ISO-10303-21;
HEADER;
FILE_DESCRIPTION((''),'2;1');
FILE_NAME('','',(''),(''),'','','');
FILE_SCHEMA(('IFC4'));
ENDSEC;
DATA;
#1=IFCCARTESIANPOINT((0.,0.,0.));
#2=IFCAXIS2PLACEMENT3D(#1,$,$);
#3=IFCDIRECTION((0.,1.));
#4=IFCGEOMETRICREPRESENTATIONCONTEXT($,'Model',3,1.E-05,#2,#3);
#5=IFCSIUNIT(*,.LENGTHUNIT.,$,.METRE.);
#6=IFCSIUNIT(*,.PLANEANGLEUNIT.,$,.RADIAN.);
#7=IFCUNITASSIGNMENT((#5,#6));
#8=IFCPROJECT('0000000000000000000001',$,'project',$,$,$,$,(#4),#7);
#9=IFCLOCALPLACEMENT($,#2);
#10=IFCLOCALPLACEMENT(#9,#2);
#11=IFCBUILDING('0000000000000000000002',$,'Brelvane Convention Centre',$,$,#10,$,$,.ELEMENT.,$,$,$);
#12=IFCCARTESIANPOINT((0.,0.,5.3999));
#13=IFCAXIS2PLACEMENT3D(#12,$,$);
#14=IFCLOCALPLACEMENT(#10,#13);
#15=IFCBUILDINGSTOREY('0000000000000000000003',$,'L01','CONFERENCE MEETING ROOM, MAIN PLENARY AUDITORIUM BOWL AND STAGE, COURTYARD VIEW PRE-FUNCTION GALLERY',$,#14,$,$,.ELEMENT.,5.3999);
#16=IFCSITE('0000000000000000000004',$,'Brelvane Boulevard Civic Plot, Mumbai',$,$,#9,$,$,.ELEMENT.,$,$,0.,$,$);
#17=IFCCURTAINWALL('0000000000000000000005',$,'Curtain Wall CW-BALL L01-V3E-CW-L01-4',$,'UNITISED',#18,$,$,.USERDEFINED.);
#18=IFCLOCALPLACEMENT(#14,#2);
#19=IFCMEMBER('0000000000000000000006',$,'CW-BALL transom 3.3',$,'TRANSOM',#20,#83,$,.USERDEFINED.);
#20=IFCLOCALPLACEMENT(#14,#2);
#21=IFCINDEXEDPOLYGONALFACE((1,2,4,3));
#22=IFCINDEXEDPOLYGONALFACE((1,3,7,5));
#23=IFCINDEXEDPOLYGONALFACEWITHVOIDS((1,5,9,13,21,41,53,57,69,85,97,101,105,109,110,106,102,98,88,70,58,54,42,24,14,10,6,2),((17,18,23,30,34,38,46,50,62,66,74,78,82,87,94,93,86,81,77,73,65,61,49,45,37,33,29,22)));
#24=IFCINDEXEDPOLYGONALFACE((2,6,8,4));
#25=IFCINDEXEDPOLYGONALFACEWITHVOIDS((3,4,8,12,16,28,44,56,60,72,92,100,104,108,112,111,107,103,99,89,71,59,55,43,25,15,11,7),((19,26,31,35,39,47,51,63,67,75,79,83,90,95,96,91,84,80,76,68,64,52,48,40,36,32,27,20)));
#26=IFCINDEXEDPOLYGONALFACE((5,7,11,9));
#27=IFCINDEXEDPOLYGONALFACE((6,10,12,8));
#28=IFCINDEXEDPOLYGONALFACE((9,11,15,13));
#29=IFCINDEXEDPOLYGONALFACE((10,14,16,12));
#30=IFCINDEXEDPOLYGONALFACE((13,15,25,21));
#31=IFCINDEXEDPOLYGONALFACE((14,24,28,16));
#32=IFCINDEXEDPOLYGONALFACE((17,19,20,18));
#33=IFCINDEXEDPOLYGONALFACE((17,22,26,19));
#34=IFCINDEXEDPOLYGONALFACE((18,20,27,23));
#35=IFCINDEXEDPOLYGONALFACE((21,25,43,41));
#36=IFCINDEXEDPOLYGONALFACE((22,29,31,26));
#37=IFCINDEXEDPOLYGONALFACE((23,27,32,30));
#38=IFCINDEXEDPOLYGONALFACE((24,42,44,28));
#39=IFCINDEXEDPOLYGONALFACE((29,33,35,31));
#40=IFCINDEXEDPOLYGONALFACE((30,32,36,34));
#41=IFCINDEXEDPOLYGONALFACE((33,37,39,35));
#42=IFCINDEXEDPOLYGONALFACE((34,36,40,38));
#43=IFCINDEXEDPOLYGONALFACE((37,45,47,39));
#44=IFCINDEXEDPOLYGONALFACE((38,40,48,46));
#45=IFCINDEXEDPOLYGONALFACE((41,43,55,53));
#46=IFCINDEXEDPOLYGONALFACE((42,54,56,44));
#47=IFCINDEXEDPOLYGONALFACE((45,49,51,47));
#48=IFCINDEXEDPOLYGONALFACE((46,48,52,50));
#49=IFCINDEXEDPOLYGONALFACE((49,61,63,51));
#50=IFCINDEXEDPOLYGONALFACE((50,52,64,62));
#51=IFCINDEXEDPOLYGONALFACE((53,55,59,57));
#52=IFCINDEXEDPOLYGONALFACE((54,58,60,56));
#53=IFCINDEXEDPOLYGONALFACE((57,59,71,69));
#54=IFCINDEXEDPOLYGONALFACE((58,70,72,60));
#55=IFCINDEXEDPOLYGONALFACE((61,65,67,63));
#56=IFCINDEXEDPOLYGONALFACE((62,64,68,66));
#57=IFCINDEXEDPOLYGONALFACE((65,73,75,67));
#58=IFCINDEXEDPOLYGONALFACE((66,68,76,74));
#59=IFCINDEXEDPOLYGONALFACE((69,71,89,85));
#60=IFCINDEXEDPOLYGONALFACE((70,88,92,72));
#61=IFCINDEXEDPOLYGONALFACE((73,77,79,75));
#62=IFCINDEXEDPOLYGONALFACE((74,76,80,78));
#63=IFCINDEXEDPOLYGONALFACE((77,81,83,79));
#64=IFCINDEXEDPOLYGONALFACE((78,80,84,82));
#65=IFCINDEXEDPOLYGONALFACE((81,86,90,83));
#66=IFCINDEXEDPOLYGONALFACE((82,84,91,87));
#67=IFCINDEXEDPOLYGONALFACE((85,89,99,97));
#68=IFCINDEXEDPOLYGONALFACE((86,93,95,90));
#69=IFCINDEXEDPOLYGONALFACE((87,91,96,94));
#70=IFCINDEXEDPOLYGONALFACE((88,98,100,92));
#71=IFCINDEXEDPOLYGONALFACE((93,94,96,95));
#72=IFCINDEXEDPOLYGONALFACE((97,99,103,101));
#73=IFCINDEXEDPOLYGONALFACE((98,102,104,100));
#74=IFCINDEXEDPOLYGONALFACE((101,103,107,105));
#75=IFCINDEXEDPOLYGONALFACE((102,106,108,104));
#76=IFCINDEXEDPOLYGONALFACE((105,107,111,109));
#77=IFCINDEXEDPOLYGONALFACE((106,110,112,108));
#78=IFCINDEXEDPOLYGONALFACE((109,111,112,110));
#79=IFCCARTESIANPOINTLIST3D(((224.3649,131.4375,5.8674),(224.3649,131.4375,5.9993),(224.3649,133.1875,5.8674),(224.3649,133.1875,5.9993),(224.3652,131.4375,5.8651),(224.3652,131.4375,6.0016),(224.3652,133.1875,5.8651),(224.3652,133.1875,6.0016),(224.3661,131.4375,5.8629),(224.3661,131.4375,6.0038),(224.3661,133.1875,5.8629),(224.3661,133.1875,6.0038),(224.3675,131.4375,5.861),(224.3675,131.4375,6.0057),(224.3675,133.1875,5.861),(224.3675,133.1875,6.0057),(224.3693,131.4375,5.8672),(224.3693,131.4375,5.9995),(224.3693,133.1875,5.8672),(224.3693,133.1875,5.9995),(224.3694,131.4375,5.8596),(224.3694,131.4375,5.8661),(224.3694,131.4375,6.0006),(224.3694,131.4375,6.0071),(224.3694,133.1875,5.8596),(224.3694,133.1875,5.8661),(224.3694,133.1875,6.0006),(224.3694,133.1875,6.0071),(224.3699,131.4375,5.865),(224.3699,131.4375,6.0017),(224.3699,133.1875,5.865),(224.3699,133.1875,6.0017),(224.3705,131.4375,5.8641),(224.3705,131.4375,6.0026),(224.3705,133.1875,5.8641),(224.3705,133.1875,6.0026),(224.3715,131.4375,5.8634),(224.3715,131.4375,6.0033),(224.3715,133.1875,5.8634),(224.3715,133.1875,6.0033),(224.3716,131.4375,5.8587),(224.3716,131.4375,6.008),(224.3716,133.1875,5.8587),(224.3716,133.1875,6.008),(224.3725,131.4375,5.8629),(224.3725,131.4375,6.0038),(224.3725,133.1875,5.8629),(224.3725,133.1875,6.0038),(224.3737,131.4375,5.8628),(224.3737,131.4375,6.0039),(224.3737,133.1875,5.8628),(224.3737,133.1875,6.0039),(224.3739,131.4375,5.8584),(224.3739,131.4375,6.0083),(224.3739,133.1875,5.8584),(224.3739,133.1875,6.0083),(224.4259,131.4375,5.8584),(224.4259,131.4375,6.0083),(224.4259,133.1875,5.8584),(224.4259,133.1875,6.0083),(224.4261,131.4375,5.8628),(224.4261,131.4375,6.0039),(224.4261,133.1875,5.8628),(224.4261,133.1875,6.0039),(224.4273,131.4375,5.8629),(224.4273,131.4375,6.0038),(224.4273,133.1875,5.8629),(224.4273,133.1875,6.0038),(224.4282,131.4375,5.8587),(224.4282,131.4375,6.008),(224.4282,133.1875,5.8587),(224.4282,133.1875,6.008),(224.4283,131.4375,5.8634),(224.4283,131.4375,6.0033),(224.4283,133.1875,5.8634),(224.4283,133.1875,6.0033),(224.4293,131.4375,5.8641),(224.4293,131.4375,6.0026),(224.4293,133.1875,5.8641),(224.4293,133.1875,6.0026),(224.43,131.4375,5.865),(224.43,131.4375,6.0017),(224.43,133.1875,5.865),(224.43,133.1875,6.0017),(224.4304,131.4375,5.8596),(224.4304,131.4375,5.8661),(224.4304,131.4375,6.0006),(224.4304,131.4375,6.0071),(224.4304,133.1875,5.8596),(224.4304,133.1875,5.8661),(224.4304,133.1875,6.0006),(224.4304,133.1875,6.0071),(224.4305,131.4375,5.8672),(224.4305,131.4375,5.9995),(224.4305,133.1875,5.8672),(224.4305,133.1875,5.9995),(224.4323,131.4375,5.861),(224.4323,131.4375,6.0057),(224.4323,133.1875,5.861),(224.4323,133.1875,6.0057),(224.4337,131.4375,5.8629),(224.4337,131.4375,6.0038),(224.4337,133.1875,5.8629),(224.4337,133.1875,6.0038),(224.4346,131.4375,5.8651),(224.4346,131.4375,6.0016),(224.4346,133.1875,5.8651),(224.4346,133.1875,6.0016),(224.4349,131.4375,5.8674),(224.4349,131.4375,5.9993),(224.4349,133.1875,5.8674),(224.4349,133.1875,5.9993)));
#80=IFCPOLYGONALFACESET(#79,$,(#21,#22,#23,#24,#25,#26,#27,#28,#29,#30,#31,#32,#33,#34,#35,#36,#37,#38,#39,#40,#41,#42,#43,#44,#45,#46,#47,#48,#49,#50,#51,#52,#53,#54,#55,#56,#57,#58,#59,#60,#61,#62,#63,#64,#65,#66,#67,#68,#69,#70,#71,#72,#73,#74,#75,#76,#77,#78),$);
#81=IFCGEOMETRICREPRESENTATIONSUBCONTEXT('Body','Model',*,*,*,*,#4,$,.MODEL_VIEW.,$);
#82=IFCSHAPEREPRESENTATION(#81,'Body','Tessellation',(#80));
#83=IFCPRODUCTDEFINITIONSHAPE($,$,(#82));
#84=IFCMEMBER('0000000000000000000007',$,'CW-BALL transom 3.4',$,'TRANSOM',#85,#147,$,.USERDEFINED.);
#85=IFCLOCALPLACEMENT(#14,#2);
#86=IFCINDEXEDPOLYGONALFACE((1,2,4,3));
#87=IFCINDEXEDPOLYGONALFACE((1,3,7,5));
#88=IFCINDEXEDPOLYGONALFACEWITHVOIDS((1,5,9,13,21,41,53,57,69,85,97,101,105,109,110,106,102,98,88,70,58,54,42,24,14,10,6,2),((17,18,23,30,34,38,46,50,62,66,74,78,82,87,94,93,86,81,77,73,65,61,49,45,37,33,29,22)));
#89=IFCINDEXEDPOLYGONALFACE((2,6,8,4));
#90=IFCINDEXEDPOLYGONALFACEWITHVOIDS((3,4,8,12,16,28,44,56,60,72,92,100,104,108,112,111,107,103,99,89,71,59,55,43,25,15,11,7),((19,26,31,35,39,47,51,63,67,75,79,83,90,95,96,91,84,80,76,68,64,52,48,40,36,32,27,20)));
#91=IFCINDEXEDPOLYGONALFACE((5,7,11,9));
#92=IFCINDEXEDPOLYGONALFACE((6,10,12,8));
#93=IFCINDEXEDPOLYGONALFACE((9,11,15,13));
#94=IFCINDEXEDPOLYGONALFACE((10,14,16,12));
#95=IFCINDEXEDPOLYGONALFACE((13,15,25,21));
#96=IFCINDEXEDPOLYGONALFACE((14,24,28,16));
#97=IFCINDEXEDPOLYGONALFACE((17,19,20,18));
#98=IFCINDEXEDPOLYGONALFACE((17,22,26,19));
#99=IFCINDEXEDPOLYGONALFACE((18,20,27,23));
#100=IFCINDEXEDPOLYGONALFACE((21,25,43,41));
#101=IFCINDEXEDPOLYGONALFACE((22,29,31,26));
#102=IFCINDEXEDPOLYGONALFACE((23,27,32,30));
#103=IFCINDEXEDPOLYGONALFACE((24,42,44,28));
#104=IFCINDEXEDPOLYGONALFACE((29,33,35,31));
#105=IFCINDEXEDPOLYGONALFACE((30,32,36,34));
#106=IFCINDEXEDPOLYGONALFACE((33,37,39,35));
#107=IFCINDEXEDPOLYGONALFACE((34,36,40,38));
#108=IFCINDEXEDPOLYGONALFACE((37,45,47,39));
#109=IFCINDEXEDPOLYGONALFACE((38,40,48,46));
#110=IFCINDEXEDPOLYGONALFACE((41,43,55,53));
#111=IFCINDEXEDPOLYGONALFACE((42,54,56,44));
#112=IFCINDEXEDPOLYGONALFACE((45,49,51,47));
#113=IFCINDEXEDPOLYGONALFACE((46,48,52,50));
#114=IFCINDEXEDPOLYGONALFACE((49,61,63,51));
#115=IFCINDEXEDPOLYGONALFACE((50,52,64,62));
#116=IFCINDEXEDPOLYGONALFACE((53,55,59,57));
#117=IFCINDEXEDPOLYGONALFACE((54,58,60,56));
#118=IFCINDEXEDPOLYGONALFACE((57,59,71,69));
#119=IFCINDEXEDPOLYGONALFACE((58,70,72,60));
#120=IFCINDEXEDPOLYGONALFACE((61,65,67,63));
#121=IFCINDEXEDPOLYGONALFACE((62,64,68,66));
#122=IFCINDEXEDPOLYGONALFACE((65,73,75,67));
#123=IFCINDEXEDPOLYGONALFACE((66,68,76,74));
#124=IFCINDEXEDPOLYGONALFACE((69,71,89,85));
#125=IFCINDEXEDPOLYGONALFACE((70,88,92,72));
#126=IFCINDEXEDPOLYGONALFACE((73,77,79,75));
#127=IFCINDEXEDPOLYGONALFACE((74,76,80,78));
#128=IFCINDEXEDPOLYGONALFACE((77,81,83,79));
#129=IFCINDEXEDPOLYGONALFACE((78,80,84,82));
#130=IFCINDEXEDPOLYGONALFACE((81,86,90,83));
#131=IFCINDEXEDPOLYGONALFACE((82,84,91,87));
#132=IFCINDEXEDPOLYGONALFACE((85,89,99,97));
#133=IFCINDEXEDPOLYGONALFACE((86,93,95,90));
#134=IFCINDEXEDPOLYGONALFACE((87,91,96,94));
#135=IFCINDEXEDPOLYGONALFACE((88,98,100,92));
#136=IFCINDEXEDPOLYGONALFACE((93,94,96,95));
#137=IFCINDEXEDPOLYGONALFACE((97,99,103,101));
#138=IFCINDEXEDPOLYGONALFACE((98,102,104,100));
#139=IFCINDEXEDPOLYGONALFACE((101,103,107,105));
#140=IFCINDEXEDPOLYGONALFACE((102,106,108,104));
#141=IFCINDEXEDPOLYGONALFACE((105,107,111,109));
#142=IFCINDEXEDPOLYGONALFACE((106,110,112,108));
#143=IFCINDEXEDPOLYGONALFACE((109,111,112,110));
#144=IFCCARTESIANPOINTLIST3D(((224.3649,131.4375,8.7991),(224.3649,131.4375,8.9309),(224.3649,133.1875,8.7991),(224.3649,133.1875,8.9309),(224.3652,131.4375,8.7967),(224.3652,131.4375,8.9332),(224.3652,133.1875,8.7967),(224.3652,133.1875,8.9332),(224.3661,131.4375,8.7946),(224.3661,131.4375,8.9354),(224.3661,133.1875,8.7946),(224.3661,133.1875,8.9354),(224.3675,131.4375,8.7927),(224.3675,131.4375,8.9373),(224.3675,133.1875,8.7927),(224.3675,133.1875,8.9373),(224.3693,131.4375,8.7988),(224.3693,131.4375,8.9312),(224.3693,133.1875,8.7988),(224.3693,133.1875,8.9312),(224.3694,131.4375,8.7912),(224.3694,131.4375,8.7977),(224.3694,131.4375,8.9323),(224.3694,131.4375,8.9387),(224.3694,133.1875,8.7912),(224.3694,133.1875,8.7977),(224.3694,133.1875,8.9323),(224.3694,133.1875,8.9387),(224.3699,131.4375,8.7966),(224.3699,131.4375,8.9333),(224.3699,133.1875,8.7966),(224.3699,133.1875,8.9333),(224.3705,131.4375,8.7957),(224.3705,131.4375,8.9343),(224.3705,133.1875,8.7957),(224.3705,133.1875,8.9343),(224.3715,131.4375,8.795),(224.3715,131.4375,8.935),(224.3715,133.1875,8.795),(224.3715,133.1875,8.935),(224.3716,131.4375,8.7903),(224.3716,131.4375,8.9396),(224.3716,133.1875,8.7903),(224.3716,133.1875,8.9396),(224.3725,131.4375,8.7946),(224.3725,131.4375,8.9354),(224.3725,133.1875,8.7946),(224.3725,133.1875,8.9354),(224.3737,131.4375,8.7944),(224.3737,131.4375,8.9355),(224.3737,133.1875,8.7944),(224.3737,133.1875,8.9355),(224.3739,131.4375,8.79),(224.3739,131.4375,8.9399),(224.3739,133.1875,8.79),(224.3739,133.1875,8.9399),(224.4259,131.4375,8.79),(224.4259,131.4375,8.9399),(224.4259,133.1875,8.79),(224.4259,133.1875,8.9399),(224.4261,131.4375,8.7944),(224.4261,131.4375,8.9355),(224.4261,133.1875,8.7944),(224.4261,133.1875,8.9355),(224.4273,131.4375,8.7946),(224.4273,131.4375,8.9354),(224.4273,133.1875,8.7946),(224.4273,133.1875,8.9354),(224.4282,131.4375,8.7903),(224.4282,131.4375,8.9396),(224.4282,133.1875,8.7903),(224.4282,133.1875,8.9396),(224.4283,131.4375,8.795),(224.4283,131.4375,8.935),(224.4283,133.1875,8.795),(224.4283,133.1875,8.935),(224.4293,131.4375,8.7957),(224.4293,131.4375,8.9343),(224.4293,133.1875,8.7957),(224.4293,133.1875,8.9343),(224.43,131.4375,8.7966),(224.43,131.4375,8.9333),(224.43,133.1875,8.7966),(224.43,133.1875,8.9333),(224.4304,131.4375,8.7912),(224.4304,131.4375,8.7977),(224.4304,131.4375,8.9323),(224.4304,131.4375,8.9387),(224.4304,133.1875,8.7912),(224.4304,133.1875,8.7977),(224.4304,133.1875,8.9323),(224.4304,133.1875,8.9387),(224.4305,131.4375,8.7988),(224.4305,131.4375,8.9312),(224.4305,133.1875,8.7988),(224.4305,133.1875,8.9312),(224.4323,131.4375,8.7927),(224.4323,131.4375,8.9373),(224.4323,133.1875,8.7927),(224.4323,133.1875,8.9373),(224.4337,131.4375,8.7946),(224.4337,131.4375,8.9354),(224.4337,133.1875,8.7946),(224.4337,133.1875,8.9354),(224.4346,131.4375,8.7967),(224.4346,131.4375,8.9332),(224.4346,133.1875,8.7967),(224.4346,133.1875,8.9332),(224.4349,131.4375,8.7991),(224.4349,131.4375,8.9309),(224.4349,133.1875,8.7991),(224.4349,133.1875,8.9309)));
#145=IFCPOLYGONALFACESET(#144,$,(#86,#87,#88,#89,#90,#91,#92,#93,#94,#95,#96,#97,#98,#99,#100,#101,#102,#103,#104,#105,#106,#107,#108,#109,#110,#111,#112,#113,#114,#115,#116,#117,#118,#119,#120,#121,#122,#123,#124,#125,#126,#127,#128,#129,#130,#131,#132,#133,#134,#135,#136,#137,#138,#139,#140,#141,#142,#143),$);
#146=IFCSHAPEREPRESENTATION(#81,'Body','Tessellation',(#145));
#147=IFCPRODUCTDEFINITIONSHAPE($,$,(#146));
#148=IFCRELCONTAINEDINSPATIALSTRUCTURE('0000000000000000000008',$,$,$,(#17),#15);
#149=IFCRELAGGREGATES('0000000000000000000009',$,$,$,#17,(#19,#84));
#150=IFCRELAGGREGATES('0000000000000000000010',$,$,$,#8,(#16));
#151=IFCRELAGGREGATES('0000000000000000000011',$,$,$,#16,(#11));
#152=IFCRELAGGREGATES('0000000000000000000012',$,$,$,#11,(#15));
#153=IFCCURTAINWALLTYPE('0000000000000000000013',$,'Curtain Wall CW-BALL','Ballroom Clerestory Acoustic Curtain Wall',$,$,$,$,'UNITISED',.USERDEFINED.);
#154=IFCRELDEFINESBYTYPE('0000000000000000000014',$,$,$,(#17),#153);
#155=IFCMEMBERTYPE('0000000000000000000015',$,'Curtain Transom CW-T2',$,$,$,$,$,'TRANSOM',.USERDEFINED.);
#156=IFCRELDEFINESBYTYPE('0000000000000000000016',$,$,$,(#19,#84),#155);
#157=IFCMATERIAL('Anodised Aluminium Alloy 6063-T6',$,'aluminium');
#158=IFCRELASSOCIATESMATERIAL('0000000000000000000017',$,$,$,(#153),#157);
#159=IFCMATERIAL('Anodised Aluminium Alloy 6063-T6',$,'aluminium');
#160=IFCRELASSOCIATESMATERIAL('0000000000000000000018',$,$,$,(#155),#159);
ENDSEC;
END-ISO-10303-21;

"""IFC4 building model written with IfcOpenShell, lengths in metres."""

from ifc_helpers import new_model, si_unit, direction, frame, origin, origin_2d, place, context, subcontext, project, spatial, hollow_rectangle, extrude, material, material_profile, profile_set, type_object, element, aggregate, save


model = new_model("IFC4")

# Units and contexts
model_context = context("Model", 3, precision=1e-05, world=origin(), true_north=direction((0.0, 1.0)))
body_context = subcontext(model_context, "Body", "Model", "MODEL_VIEW")
ifc_project = project(units=[si_unit("LENGTHUNIT", "METRE"), si_unit("PLANEANGLEUNIT", "RADIAN")], contexts=[model_context])

# Site, building, storey
site_placement = place(None, origin())
site = spatial("IfcSite", under=ifc_project, at=site_placement, Name="Brelvane Boulevard Civic Plot, Mumbai", CompositionType="ELEMENT", RefElevation=0.0)
building_placement = place(site_placement, origin())
building = spatial("IfcBuilding", under=site, at=building_placement, Name="Brelvane Convention Centre", CompositionType="ELEMENT")
storey_placement = place(building_placement, frame((0.0, 0.0, 5.3999)))
storey = spatial("IfcBuildingStorey", under=building, at=storey_placement, Name="L01", Description="CONFERENCE MEETING ROOM, MAIN PLENARY AUDITORIUM BOWL AND STAGE, COURTYARD VIEW PRE-FUNCTION GALLERY", CompositionType="ELEMENT", Elevation=5.3999)

# Curtain wall
ifc_material_1 = material(Name="Anodised Aluminium Alloy 6063-T6", Category="aluminium")
curtain_wall_type = type_object("IfcCurtainWallType", Name="Curtain Wall CW-BALL", Description="Ballroom Clerestory Acoustic Curtain Wall", ElementType="UNITISED", PredefinedType="USERDEFINED", material=ifc_material_1)
curtain_wall_1_placement = place(storey_placement, origin())
curtain_wall_1 = element("IfcCurtainWall", 1, at=curtain_wall_1_placement, inside=storey, type_object=curtain_wall_type, Name="Curtain Wall CW-BALL L01-V3E-CW-L01-4", ObjectType="UNITISED", PredefinedType="USERDEFINED")
ifc_material_2 = material(Name="Anodised Aluminium Alloy 6063-T6", Category="aluminium")
ifc_material_profile_1 = material_profile(ifc_material_2, hollow_rectangle(XDim=0.0701, YDim=0.1499, WallThickness=0.0044, InnerFilletRadius=0.0044, OuterFilletRadius=0.009, at=origin_2d()), Name="ALU-T 150x70x4.5")
ifc_profile_set_1 = profile_set([ifc_material_profile_1], Name="Anodised Aluminium Alloy 6063-T6")
member_type_1 = type_object("IfcMemberType", Name="Curtain Transom CW-T2", ElementType="TRANSOM", PredefinedType="USERDEFINED", material=ifc_profile_set_1)

# Members
member_1_placement = place(storey_placement, frame((224.3999, 131.4375, 5.9333), z_axis=(0.0, 1.0, 0.0), x_axis=(-1.0, 0.0, 0.0)))
member_1 = element("IfcMember", 2, at=member_1_placement, type_object=member_type_1, Name="CW-BALL transom 3.3", ObjectType="TRANSOM", PredefinedType="USERDEFINED", context=body_context, shape_type="SweptSolid", body=[
    extrude(hollow_rectangle(XDim=0.0701, YDim=0.1499, WallThickness=0.0044, InnerFilletRadius=0.0044, OuterFilletRadius=0.009, at=origin_2d()), origin(), (0.0, 0.0, 1.0), 1.75),
])
member_2_placement = place(storey_placement, frame((224.3999, 131.4375, 8.865), z_axis=(0.0, 1.0, 0.0), x_axis=(-1.0, 0.0, 0.0)))
member_2 = element("IfcMember", 3, at=member_2_placement, type_object=member_type_1, Name="CW-BALL transom 3.4", ObjectType="TRANSOM", PredefinedType="USERDEFINED", context=body_context, shape_type="SweptSolid", body=[
    extrude(hollow_rectangle(XDim=0.0701, YDim=0.1499, WallThickness=0.0044, InnerFilletRadius=0.0044, OuterFilletRadius=0.009, at=origin_2d()), origin(), (0.0, 0.0, 1.0), 1.75),
])

aggregate(curtain_wall_1, [member_1, member_2])

save(model, "model.ifc")
